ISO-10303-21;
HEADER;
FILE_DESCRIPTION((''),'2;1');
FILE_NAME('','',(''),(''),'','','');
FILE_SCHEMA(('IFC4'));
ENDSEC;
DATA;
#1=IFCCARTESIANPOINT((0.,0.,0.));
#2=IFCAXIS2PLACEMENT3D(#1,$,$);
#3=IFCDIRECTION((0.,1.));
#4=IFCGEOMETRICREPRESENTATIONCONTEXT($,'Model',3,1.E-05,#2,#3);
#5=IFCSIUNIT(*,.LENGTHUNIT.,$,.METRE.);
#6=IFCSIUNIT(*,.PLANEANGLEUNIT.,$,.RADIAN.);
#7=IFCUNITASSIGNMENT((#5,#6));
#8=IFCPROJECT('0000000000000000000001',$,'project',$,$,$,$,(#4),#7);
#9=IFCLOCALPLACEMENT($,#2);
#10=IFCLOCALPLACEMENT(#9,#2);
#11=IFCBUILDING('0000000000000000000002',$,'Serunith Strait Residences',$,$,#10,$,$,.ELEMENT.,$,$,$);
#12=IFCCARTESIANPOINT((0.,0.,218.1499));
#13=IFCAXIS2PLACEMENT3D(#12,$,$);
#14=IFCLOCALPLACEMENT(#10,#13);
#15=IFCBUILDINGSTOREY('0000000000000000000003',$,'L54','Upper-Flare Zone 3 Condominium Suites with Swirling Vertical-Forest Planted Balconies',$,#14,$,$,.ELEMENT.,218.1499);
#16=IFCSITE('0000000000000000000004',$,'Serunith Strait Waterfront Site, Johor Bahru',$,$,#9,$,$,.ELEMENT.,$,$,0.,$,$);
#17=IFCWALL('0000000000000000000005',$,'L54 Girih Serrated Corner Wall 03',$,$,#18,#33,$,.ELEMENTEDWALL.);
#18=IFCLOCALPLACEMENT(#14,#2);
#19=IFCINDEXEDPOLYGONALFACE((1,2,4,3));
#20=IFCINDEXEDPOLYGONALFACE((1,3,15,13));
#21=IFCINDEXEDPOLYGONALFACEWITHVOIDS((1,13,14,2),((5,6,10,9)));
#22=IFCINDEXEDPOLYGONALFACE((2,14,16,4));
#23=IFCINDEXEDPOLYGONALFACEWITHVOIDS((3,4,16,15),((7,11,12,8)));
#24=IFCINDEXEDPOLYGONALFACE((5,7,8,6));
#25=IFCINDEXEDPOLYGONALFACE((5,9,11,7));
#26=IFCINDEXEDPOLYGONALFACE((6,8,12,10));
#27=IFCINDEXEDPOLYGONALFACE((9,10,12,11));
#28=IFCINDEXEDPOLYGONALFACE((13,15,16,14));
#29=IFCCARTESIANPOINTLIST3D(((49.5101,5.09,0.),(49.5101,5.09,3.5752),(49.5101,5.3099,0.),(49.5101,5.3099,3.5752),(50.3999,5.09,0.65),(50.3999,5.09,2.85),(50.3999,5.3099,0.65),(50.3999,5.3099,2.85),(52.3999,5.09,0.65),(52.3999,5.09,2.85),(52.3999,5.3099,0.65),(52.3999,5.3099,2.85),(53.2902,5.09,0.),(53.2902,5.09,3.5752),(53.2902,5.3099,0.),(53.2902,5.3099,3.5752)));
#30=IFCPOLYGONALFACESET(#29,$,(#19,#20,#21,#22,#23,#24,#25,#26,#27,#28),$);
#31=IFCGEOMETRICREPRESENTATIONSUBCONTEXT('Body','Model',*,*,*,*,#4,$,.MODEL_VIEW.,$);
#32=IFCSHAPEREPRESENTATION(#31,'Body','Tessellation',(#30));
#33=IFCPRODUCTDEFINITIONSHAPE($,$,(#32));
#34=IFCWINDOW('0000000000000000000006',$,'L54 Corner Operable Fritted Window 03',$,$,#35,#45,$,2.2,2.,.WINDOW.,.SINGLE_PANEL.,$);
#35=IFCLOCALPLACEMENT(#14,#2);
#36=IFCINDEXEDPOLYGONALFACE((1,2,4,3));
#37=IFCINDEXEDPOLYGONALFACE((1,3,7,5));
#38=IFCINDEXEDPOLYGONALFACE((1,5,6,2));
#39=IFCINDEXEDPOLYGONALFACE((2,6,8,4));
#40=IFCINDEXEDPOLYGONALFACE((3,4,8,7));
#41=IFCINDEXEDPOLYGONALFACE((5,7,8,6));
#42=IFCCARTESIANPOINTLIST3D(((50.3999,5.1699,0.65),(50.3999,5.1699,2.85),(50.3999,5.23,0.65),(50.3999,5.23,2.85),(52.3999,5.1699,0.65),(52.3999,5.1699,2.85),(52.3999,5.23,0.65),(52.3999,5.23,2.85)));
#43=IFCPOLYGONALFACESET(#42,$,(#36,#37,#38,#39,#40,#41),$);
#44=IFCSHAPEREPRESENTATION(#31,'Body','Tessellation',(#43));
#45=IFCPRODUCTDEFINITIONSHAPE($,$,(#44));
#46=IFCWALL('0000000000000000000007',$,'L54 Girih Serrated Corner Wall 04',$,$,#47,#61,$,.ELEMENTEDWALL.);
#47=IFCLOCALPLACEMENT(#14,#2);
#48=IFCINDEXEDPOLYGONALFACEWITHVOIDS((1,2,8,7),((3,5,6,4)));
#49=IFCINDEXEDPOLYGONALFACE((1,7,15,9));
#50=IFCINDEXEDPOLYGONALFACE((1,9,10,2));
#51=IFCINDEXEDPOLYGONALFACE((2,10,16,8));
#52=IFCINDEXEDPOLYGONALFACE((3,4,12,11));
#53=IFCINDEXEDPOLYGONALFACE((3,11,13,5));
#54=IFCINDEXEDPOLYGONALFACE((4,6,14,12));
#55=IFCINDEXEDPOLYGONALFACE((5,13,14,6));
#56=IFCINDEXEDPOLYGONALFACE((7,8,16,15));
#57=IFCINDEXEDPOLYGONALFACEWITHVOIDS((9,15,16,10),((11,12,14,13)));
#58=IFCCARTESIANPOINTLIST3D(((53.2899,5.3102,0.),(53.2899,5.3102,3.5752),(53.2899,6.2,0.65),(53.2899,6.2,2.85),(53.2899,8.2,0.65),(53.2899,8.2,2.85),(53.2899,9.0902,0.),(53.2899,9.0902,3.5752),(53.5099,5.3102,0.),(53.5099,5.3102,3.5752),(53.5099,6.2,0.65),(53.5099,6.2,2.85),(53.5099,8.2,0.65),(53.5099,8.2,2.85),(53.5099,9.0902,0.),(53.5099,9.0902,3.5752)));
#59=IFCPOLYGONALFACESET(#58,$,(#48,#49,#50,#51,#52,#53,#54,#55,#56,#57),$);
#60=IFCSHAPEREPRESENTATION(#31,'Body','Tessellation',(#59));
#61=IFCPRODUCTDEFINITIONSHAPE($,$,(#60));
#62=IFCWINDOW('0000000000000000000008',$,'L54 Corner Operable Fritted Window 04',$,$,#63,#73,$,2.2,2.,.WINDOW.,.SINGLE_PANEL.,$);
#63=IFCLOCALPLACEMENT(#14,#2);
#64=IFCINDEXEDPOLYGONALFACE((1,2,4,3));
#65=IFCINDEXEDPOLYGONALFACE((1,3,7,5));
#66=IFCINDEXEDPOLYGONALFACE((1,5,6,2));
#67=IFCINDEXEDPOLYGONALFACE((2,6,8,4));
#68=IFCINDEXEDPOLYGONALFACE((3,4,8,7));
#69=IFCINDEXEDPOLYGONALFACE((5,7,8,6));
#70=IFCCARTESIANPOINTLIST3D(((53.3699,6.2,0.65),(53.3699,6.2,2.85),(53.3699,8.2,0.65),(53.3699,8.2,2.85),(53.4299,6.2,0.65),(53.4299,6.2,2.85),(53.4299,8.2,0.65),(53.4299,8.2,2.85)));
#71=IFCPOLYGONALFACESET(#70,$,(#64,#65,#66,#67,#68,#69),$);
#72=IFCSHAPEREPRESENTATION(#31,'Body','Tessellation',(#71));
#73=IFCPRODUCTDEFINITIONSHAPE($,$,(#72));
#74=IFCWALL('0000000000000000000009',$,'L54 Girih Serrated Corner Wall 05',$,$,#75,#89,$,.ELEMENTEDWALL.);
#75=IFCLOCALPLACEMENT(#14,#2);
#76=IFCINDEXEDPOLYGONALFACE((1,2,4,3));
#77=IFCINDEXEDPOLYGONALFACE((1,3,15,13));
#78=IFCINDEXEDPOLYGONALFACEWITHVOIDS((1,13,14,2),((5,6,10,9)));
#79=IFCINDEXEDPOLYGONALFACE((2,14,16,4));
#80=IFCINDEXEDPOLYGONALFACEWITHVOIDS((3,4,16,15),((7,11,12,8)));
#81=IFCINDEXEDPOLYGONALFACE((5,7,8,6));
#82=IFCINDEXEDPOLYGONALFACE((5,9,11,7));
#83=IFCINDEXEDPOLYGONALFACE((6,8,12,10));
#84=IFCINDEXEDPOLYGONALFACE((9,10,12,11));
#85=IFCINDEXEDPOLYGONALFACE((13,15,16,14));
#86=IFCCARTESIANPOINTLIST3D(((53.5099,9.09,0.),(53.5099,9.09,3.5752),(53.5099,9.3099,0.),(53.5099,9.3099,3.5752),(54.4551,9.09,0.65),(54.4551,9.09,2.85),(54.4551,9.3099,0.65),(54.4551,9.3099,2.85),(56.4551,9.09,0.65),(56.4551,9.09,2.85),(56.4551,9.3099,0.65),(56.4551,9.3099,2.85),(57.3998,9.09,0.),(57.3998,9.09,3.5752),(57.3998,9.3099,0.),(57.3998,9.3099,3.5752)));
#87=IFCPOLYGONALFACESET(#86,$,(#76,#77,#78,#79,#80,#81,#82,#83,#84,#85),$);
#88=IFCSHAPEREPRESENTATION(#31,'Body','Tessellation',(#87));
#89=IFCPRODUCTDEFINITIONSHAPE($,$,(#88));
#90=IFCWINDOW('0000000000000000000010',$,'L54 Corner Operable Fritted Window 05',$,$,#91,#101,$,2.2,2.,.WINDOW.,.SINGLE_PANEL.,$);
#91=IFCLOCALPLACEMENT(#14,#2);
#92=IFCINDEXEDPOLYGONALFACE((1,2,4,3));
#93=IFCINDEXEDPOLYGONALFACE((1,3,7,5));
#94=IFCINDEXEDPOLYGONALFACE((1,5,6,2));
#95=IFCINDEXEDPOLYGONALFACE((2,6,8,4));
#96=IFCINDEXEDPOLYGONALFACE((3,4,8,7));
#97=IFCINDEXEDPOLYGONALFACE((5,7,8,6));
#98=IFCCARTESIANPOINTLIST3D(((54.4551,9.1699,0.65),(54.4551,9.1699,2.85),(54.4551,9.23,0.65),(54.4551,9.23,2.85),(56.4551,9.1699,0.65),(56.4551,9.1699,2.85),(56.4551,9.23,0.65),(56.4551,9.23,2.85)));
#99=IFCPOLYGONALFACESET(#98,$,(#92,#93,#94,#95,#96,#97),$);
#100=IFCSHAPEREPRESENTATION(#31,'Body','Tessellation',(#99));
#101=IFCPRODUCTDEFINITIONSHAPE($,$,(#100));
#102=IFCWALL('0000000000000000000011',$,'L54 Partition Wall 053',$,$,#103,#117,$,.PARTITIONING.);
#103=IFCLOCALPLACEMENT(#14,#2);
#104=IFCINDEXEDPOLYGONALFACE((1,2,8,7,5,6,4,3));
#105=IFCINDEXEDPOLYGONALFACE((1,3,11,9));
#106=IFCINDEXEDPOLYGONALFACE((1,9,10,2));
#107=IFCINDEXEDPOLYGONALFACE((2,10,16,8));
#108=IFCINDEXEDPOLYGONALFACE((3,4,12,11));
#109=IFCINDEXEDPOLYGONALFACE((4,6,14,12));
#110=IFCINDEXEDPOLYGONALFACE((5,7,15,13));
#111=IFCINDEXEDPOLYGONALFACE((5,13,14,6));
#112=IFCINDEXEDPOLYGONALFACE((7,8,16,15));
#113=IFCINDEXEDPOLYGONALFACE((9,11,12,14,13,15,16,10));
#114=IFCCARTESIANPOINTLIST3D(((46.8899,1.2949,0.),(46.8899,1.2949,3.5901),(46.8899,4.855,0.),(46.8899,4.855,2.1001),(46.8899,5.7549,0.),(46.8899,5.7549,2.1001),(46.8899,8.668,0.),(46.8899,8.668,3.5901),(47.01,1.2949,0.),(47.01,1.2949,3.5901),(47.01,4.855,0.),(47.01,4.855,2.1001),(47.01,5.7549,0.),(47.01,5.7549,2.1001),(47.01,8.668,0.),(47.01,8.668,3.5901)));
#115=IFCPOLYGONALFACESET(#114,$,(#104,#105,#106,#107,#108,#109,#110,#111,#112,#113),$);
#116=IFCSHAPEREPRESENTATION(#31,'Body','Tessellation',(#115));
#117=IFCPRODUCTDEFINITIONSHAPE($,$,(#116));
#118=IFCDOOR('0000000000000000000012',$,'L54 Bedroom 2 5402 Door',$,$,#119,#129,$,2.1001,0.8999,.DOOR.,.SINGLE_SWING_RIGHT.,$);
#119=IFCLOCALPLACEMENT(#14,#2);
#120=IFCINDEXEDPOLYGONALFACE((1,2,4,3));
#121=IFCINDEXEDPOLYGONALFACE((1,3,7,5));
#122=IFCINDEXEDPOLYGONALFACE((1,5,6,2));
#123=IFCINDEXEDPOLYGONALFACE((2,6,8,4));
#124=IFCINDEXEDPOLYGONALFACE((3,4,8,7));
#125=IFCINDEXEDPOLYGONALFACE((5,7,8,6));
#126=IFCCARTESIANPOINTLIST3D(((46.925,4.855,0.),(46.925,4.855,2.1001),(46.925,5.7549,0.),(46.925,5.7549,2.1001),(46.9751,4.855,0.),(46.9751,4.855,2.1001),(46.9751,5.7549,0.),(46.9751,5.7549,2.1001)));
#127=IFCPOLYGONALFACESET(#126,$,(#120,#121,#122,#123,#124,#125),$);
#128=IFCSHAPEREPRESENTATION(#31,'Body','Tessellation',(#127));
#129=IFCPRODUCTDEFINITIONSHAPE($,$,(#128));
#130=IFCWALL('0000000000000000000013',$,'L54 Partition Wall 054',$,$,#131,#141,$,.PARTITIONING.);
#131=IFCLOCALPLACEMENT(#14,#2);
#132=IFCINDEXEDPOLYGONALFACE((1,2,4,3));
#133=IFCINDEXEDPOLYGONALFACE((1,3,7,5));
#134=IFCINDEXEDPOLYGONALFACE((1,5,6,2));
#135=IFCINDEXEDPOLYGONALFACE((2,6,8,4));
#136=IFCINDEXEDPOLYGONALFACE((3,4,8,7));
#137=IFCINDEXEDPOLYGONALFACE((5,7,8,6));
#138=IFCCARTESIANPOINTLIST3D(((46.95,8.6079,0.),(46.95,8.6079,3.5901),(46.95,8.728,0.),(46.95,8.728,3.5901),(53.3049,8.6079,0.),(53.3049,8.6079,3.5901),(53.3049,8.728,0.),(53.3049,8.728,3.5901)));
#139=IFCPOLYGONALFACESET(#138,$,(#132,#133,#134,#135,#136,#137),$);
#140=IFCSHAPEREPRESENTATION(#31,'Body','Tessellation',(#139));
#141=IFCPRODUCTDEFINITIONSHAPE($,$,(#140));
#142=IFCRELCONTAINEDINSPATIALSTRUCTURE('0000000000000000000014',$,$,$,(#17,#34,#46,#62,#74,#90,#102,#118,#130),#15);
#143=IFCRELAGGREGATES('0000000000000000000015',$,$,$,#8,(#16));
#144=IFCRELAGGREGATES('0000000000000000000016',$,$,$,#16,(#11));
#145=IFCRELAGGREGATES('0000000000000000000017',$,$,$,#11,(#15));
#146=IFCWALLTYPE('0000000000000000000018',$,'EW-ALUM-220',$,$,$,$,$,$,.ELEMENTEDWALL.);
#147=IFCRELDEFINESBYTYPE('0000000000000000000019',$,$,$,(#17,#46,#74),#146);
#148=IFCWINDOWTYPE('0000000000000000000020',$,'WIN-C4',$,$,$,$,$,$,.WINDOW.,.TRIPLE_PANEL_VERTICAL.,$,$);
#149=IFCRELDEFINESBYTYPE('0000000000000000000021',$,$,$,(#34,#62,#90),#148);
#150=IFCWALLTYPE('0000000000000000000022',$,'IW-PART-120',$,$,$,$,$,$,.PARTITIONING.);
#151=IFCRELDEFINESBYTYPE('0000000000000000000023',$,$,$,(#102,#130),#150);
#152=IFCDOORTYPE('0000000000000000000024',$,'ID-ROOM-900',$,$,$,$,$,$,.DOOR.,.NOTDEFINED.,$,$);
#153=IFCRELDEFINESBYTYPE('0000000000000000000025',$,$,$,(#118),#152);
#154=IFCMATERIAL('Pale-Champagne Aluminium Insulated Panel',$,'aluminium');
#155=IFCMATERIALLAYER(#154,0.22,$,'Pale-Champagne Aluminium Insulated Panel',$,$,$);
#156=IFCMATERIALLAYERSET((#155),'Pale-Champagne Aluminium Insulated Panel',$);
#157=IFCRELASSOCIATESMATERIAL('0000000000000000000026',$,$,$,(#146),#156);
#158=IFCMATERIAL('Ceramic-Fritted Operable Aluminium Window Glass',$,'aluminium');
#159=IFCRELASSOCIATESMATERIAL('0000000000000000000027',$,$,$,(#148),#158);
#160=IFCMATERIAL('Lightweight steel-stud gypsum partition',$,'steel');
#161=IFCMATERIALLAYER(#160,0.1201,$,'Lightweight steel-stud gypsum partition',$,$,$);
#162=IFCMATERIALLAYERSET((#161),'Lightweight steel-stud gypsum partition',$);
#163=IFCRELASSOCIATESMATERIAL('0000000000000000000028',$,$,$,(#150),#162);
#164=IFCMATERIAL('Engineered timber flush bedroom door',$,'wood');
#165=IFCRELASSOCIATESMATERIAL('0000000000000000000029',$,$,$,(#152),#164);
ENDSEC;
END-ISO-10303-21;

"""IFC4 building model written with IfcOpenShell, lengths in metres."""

from ifc_helpers import new_model, si_unit, direction, frame, frame_2d, origin, place, context, subcontext, project, spatial, rectangle, extrude, source, transform, mapped, material, layer, layer_set, type_object, element, fill, save


model = new_model("IFC4")

# Units and contexts
model_context = context("Model", 3, precision=1e-05, world=origin(), true_north=direction((0.0, 1.0)))
body_context = subcontext(model_context, "Body", "Model", "MODEL_VIEW")
ifc_project = project(units=[si_unit("LENGTHUNIT", "METRE"), si_unit("PLANEANGLEUNIT", "RADIAN")], contexts=[model_context])

# Site, building, storey
site_placement = place(None, origin())
site = spatial("IfcSite", under=ifc_project, at=site_placement, Name="Serunith Strait Waterfront Site, Johor Bahru", CompositionType="ELEMENT", RefElevation=0.0)
building_placement = place(site_placement, origin())
building = spatial("IfcBuilding", under=site, at=building_placement, Name="Serunith Strait Residences", CompositionType="ELEMENT")
storey_placement = place(building_placement, frame((0.0, 0.0, 218.1499)))
storey = spatial("IfcBuildingStorey", under=building, at=storey_placement, Name="L54", Description="Upper-Flare Zone 3 Condominium Suites with Swirling Vertical-Forest Planted Balconies", CompositionType="ELEMENT", Elevation=218.1499)

# Walls, openings, windows
ifc_material_1 = material(Name="Pale-Champagne Aluminium Insulated Panel", Category="aluminium")
ifc_layer_1 = layer(ifc_material_1, 0.22, Name="Pale-Champagne Aluminium Insulated Panel")
ifc_layer_set_1 = layer_set([ifc_layer_1], Name="Pale-Champagne Aluminium Insulated Panel")
wall_type_1 = type_object("IfcWallType", Name="EW-ALUM-220", PredefinedType="ELEMENTEDWALL", material=ifc_layer_set_1)
ifc_material_2 = material(Name="Ceramic-Fritted Operable Aluminium Window Glass", Category="aluminium")
window_type = type_object("IfcWindowType", Name="WIN-C4", PartitioningType="TRIPLE_PANEL_VERTICAL", PredefinedType="WINDOW", material=ifc_material_2)
shared_shape_1 = source(origin(), body_context, "Body", "SweptSolid", [
    extrude(rectangle(XDim=2.0, YDim=2.2, at=frame_2d((1.0, 1.1001))), frame((0.0, 0.03, 0.0), z_axis=(0.0, -1.0, 0.0), x_axis=(1.0, 0.0, 0.0)), (0.0, 0.0, 1.0), 0.0601),
])
wall_1_placement = place(storey_placement, frame((49.51, 5.2, 0.0), z_axis=(0.0, 0.0, 1.0), x_axis=(1.0, 0.0, 0.0)))
wall_1 = element("IfcWall", 1, at=wall_1_placement, inside=storey, type_object=wall_type_1, Name="L54 Girih Serrated Corner Wall 03", PredefinedType="ELEMENTEDWALL", context=body_context, shape_type="SweptSolid", body=[
    extrude(rectangle(XDim=3.78, YDim=0.22, at=frame_2d((1.8901, 0.0))), origin(), (0.0, 0.0, 1.0), 3.5752),
])
opening_1_placement = place(wall_1_placement, frame((0.8899, 0.0, 0.6499)))
opening_1 = element("IfcOpeningElement", 2, at=opening_1_placement, cuts=wall_1, PredefinedType="OPENING", context=body_context, shape_type="SweptSolid", body=[
    extrude(rectangle(XDim=2.0, YDim=2.2, at=frame_2d((1.0, 1.1001))), frame((0.0, 0.1201, 0.0), z_axis=(0.0, -1.0, 0.0), x_axis=(1.0, 0.0, 0.0)), (0.0, 0.0, 1.0), 0.24),
])
window_1_placement = place(opening_1_placement, origin())
window_1 = element("IfcWindow", 3, at=window_1_placement, inside=storey, type_object=window_type, Name="L54 Corner Operable Fritted Window 03", OverallHeight=2.2, OverallWidth=2.0, PartitioningType="SINGLE_PANEL", PredefinedType="WINDOW", context=body_context, shape_type="MappedRepresentation", body=[
    mapped(shared_shape_1, transform((0.0, 0.0, 0.0), scale=1.0)),
])
fill(opening_1, window_1)
wall_2_placement = place(storey_placement, frame((53.3999, 5.3101, 0.0), z_axis=(0.0, 0.0, 1.0), x_axis=(0.0, 1.0, 0.0)))
wall_2 = element("IfcWall", 4, at=wall_2_placement, inside=storey, type_object=wall_type_1, Name="L54 Girih Serrated Corner Wall 04", PredefinedType="ELEMENTEDWALL", context=body_context, shape_type="SweptSolid", body=[
    extrude(rectangle(XDim=3.78, YDim=0.22, at=frame_2d((1.8901, 0.0))), origin(), (0.0, 0.0, 1.0), 3.5752),
])
opening_2_placement = place(wall_2_placement, frame((0.8899, 0.0, 0.6499)))
opening_2 = element("IfcOpeningElement", 5, at=opening_2_placement, cuts=wall_2, PredefinedType="OPENING", context=body_context, shape_type="SweptSolid", body=[
    extrude(rectangle(XDim=2.0, YDim=2.2, at=frame_2d((1.0, 1.1001))), frame((0.0, 0.1201, 0.0), z_axis=(0.0, -1.0, 0.0), x_axis=(1.0, 0.0, 0.0)), (0.0, 0.0, 1.0), 0.24),
])
window_2_placement = place(opening_2_placement, origin())
window_2 = element("IfcWindow", 6, at=window_2_placement, inside=storey, type_object=window_type, Name="L54 Corner Operable Fritted Window 04", OverallHeight=2.2, OverallWidth=2.0, PartitioningType="SINGLE_PANEL", PredefinedType="WINDOW", context=body_context, shape_type="MappedRepresentation", body=[
    mapped(shared_shape_1, transform((0.0, 0.0, 0.0), scale=1.0)),
])
fill(opening_2, window_2)
wall_3_placement = place(storey_placement, frame((53.51, 9.2, 0.0), z_axis=(0.0, 0.0, 1.0), x_axis=(1.0, 0.0, 0.0)))
wall_3 = element("IfcWall", 7, at=wall_3_placement, inside=storey, type_object=wall_type_1, Name="L54 Girih Serrated Corner Wall 05", PredefinedType="ELEMENTEDWALL", context=body_context, shape_type="SweptSolid", body=[
    extrude(rectangle(XDim=3.8899, YDim=0.22, at=frame_2d((1.9448, 0.0))), origin(), (0.0, 0.0, 1.0), 3.5752),
])
opening_3_placement = place(wall_3_placement, frame((0.9451, 0.0, 0.6499)))
opening_3 = element("IfcOpeningElement", 8, at=opening_3_placement, cuts=wall_3, PredefinedType="OPENING", context=body_context, shape_type="SweptSolid", body=[
    extrude(rectangle(XDim=2.0, YDim=2.2, at=frame_2d((1.0, 1.1001))), frame((0.0, 0.1201, 0.0), z_axis=(0.0, -1.0, 0.0), x_axis=(1.0, 0.0, 0.0)), (0.0, 0.0, 1.0), 0.24),
])
window_3_placement = place(opening_3_placement, origin())
window_3 = element("IfcWindow", 9, at=window_3_placement, inside=storey, type_object=window_type, Name="L54 Corner Operable Fritted Window 05", OverallHeight=2.2, OverallWidth=2.0, PartitioningType="SINGLE_PANEL", PredefinedType="WINDOW", context=body_context, shape_type="MappedRepresentation", body=[
    mapped(shared_shape_1, transform((0.0, 0.0, 0.0), scale=1.0)),
])
fill(opening_3, window_3)

# Wall, opening, door
ifc_material_3 = material(Name="Lightweight steel-stud gypsum partition", Category="steel")
ifc_layer_2 = layer(ifc_material_3, 0.1201, Name="Lightweight steel-stud gypsum partition")
ifc_layer_set_2 = layer_set([ifc_layer_2], Name="Lightweight steel-stud gypsum partition")
wall_type_2 = type_object("IfcWallType", Name="IW-PART-120", PredefinedType="PARTITIONING", material=ifc_layer_set_2)
wall_4_placement = place(storey_placement, frame((46.95, 1.2949, 0.0), z_axis=(0.0, 0.0, 1.0), x_axis=(0.0, 1.0, 0.0)))
wall_4 = element("IfcWall", 10, at=wall_4_placement, inside=storey, type_object=wall_type_2, Name="L54 Partition Wall 053", PredefinedType="PARTITIONING", context=body_context, shape_type="SweptSolid", body=[
    extrude(rectangle(XDim=7.373, YDim=0.1201, at=frame_2d((3.6865, 0.0))), origin(), (0.0, 0.0, 1.0), 3.5901),
])
opening_4_placement = place(wall_4_placement, frame((3.5601, 0.0, 0.0)))
opening_4 = element("IfcOpeningElement", 11, at=opening_4_placement, cuts=wall_4, PredefinedType="OPENING", context=body_context, shape_type="SweptSolid", body=[
    extrude(rectangle(XDim=0.8999, YDim=2.1001, at=frame_2d((0.45, 1.05))), frame((0.0, 0.0701, 0.0), z_axis=(0.0, -1.0, 0.0), x_axis=(1.0, 0.0, 0.0)), (0.0, 0.0, 1.0), 0.1401),
])
ifc_material_4 = material(Name="Engineered timber flush bedroom door", Category="wood")
door_type_1 = type_object("IfcDoorType", Name="ID-ROOM-900", OperationType="NOTDEFINED", PredefinedType="DOOR", material=ifc_material_4)
shared_shape_2 = source(origin(), body_context, "Body", "SweptSolid", [
    extrude(rectangle(XDim=0.8999, YDim=2.1001, at=frame_2d((0.45, 1.05))), frame((0.0, 0.0249, 0.0), z_axis=(0.0, -1.0, 0.0), x_axis=(1.0, 0.0, 0.0)), (0.0, 0.0, 1.0), 0.05),
])
door_1_placement = place(opening_4_placement, origin())
door_1 = element("IfcDoor", 12, at=door_1_placement, inside=storey, type_object=door_type_1, Name="L54 Bedroom 2 5402 Door", OperationType="SINGLE_SWING_RIGHT", OverallHeight=2.1001, OverallWidth=0.8999, PredefinedType="DOOR", context=body_context, shape_type="MappedRepresentation", body=[
    mapped(shared_shape_2, transform((0.0, 0.0, 0.0), scale=1.0)),
])
fill(opening_4, door_1)

# Wall
wall_5_placement = place(storey_placement, frame((46.95, 8.668, 0.0), z_axis=(0.0, 0.0, 1.0), x_axis=(1.0, 0.0, 0.0)))
element("IfcWall", 13, at=wall_5_placement, inside=storey, type_object=wall_type_2, Name="L54 Partition Wall 054", PredefinedType="PARTITIONING", context=body_context, shape_type="SweptSolid", body=[
    extrude(rectangle(XDim=6.355, YDim=0.1201, at=frame_2d((3.1775, 0.0))), origin(), (0.0, 0.0, 1.0), 3.5901),
])

save(model, "model.ifc")
